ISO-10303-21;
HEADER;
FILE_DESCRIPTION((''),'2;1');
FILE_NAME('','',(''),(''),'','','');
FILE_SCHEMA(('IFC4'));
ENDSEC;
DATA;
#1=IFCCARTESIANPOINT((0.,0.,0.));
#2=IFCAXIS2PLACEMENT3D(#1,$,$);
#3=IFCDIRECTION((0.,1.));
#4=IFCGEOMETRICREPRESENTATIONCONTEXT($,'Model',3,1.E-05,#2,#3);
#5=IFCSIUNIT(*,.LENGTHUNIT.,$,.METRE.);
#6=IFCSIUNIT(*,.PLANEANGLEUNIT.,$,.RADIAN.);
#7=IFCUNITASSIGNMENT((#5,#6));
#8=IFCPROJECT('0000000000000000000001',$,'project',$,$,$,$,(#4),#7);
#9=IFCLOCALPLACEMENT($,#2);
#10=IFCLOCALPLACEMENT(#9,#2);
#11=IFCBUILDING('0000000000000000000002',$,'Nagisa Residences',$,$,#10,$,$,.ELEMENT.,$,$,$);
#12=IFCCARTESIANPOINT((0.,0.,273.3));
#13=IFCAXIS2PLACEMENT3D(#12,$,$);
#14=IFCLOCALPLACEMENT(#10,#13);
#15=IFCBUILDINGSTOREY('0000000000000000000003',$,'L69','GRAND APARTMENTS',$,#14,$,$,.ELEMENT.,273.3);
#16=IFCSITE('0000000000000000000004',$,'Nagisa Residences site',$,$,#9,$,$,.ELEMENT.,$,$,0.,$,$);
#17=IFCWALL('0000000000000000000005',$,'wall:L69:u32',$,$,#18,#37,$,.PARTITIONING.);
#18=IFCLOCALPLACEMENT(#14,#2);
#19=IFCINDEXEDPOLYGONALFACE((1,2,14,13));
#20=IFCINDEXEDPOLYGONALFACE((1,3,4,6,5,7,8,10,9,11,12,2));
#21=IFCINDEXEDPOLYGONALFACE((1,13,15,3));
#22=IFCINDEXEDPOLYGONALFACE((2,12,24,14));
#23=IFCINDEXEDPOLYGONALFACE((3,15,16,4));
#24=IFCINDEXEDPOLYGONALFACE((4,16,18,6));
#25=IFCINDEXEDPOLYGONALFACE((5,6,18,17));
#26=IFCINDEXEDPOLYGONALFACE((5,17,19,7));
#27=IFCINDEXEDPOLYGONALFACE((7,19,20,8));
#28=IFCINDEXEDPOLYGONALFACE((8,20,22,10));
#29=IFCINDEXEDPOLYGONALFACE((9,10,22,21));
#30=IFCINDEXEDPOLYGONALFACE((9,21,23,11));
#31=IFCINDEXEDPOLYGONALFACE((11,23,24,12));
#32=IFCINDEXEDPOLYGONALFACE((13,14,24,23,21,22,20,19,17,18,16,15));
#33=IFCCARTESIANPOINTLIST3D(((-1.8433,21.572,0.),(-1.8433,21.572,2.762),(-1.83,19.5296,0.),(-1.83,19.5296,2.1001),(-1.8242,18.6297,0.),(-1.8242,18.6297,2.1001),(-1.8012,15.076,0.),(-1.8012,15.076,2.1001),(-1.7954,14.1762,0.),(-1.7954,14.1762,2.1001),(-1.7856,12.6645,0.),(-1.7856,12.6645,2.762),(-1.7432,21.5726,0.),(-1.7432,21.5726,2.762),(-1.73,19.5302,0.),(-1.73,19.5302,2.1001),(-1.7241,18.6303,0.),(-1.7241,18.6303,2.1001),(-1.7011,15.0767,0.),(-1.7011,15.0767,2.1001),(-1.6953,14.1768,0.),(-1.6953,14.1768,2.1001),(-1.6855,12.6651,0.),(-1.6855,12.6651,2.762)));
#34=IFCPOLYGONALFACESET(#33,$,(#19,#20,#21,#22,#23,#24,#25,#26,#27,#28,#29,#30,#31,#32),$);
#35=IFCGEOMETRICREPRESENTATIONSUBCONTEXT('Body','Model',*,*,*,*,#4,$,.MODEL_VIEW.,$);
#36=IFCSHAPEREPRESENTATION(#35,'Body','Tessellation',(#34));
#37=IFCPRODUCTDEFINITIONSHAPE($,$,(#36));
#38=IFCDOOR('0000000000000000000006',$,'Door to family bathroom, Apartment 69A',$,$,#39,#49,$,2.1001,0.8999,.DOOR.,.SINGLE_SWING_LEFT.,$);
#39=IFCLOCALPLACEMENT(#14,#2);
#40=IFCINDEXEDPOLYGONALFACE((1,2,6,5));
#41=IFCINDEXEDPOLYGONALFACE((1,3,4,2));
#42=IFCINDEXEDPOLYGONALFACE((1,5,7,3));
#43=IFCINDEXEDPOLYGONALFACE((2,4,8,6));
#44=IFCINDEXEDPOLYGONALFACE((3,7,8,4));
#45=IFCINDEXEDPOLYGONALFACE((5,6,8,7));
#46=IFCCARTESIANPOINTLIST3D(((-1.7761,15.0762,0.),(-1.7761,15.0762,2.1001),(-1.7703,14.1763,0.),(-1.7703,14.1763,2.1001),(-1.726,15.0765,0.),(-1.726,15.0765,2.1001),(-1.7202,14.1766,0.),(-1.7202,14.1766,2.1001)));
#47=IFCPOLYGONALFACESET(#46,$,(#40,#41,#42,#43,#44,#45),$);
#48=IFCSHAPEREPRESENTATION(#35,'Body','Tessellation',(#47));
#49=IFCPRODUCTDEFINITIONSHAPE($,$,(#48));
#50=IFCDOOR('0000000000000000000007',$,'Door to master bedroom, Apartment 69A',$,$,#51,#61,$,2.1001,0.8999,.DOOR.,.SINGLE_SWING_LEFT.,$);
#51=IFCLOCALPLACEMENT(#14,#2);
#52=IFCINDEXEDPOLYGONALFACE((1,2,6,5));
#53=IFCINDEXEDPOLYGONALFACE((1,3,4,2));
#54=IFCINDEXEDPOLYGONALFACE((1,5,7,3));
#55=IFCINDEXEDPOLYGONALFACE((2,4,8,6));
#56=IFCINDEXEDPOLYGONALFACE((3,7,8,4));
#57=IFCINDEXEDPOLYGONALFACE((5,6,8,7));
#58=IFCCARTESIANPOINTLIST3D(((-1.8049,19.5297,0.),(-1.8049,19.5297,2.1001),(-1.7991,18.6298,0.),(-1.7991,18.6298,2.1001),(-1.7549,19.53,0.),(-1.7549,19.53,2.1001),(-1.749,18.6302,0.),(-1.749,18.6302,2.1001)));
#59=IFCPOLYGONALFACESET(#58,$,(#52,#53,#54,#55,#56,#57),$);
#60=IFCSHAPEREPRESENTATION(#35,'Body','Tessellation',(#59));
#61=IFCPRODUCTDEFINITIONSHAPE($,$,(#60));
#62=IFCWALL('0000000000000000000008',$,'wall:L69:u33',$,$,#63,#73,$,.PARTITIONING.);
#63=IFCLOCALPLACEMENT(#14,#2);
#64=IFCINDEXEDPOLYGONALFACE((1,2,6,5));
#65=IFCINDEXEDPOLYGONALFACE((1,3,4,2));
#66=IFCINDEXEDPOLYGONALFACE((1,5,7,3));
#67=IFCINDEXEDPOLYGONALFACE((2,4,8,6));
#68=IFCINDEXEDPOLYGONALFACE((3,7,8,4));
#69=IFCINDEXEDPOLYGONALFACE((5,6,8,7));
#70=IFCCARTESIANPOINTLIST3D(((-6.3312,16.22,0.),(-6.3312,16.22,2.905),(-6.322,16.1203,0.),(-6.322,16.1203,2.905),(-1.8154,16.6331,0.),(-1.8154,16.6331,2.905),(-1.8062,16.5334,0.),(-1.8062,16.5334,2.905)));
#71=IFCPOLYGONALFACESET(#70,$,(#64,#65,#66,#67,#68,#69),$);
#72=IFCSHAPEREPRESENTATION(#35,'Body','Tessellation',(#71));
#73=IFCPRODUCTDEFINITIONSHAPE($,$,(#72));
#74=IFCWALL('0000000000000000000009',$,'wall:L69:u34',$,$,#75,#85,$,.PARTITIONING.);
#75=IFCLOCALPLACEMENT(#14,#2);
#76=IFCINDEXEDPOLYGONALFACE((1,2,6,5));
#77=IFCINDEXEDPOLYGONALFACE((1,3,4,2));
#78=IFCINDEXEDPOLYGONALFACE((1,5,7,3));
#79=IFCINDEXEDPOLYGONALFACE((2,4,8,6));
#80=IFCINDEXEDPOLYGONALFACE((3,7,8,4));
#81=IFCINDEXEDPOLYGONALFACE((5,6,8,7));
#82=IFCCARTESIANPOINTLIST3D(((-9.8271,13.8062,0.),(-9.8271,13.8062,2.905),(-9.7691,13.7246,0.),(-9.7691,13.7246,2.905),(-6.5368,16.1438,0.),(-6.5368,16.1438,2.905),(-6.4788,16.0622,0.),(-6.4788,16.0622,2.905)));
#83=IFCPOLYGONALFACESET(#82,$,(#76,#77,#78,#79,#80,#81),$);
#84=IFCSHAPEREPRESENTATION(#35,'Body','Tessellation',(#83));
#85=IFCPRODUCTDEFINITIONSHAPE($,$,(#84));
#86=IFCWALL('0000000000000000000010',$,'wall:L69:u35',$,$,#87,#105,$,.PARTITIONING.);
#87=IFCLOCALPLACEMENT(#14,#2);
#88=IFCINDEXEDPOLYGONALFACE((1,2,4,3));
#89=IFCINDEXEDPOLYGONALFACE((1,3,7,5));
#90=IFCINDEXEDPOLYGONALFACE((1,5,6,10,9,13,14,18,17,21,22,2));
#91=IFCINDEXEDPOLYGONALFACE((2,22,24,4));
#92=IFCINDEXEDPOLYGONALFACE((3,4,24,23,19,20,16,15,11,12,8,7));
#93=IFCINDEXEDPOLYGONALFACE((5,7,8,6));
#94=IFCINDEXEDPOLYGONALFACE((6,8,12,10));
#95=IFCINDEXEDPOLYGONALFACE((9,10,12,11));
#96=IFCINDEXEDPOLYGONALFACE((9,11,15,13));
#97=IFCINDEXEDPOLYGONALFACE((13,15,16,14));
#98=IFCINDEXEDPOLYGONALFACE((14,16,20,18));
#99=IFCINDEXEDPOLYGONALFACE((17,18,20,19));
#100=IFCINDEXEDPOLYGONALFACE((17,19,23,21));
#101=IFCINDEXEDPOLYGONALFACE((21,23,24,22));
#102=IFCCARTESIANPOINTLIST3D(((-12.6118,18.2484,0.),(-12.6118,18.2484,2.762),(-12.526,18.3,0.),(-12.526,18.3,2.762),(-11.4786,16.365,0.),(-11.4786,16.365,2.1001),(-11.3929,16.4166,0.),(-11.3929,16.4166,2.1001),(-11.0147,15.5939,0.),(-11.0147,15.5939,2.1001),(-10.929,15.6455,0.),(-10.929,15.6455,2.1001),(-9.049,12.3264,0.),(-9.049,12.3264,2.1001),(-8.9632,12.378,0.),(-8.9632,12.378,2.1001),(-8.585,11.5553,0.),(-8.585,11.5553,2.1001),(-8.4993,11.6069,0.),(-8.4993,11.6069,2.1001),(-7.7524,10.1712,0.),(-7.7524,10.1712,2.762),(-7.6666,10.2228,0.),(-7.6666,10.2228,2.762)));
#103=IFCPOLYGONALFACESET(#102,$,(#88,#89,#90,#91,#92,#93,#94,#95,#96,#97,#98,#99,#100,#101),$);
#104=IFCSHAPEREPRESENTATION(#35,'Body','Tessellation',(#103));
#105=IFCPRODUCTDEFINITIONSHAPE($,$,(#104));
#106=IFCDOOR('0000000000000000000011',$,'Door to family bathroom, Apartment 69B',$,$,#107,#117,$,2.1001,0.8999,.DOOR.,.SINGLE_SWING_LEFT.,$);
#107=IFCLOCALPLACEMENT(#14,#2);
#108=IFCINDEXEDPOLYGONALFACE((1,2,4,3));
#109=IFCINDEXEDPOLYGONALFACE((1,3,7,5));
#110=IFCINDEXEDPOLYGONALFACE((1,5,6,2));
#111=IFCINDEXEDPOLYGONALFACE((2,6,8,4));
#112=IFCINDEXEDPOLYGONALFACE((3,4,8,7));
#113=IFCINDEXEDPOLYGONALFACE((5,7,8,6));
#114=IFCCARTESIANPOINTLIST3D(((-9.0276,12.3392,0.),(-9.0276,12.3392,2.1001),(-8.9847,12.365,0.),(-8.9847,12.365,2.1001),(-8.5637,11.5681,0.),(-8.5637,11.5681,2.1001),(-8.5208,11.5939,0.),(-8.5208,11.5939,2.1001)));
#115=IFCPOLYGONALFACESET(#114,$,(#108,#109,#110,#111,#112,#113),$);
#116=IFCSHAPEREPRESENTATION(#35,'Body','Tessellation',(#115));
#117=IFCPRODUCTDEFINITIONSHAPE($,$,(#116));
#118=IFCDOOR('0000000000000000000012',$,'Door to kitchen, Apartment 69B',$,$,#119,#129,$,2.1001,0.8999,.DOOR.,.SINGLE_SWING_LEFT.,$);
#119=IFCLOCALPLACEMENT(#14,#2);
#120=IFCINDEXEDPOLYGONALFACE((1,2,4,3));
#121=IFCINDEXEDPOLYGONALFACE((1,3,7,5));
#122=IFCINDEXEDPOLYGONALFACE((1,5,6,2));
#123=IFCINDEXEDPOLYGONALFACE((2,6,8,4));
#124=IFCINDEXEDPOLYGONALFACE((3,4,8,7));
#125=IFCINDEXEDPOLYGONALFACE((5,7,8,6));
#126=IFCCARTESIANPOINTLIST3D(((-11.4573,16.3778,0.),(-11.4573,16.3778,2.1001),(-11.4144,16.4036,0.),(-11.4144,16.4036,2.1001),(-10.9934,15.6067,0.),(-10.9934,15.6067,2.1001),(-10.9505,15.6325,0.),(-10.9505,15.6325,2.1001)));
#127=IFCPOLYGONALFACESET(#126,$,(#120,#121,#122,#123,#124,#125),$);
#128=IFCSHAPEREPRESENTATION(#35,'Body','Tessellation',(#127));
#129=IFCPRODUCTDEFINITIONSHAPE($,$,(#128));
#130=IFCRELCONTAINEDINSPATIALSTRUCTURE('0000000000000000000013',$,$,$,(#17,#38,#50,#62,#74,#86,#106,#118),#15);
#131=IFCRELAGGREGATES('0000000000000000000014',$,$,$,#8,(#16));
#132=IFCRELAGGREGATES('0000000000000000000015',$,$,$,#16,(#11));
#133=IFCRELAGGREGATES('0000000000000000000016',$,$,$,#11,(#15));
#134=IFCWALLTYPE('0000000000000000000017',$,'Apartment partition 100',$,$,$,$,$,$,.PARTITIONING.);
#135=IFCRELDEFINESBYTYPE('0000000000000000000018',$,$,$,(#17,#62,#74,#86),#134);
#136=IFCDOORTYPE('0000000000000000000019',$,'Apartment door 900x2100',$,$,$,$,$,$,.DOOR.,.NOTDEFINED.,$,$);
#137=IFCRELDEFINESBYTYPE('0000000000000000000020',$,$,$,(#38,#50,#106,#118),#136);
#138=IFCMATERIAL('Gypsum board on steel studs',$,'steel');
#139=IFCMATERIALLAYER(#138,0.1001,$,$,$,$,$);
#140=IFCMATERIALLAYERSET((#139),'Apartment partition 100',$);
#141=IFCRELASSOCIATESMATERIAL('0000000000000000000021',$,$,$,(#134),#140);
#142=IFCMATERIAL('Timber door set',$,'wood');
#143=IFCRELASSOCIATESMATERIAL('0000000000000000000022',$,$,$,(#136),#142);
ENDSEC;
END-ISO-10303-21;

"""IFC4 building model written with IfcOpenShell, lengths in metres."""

from ifc_helpers import new_model, si_unit, direction, frame, frame_2d, origin, place, context, subcontext, project, spatial, rectangle, extrude, material, layer, layer_set, type_object, element, fill, save


model = new_model("IFC4")

# Units and contexts
model_context = context("Model", 3, precision=1e-05, world=origin(), true_north=direction((0.0, 1.0)))
body_context = subcontext(model_context, "Body", "Model", "MODEL_VIEW")
ifc_project = project(units=[si_unit("LENGTHUNIT", "METRE"), si_unit("PLANEANGLEUNIT", "RADIAN")], contexts=[model_context])

# Site, building, storey
site_placement = place(None, origin())
site = spatial("IfcSite", under=ifc_project, at=site_placement, Name="Nagisa Residences site", CompositionType="ELEMENT", RefElevation=0.0)
building_placement = place(site_placement, origin())
building = spatial("IfcBuilding", under=site, at=building_placement, Name="Nagisa Residences", CompositionType="ELEMENT")
storey_placement = place(building_placement, frame((0.0, 0.0, 273.3)))
storey = spatial("IfcBuildingStorey", under=building, at=storey_placement, Name="L69", Description="GRAND APARTMENTS", CompositionType="ELEMENT", Elevation=273.3)

# Wall, openings, doors
ifc_material_1 = material(Name="Gypsum board on steel studs", Category="steel")
ifc_layer_1 = layer(ifc_material_1, 0.1001)
ifc_layer_set_1 = layer_set([ifc_layer_1], Name="Apartment partition 100")
wall_type_1 = type_object("IfcWallType", Name="Apartment partition 100", PredefinedType="PARTITIONING", material=ifc_layer_set_1)
wall_1_placement = place(storey_placement, frame((-1.7356, 12.6648, 0.0), z_axis=(0.0, 0.0, 1.0), x_axis=(-0.006468, 0.999979, 0.0)))
wall_1 = element("IfcWall", 1, at=wall_1_placement, inside=storey, type_object=wall_type_1, Name="wall:L69:u32", PredefinedType="PARTITIONING", context=body_context, shape_type="SweptSolid", body=[
    extrude(rectangle(XDim=8.9077, YDim=0.1001, at=frame_2d((4.4539, 0.0))), origin(), (0.0, 0.0, 1.0), 2.762),
])
opening_1_placement = place(wall_1_placement, frame((1.5117, 0.0, 0.0)))
opening_1 = element("IfcOpeningElement", 2, at=opening_1_placement, cuts=wall_1, PredefinedType="OPENING", context=body_context, shape_type="SweptSolid", body=[
    extrude(rectangle(XDim=0.8999, YDim=2.1001, at=frame_2d((0.45, 1.05))), frame((0.0, 0.0601, 0.0), z_axis=(0.0, -1.0, 0.0), x_axis=(1.0, 0.0, 0.0)), (0.0, 0.0, 1.0), 0.1201),
])
opening_2_placement = place(wall_1_placement, frame((5.9653, 0.0, 0.0)))
opening_2 = element("IfcOpeningElement", 3, at=opening_2_placement, cuts=wall_1, PredefinedType="OPENING", context=body_context, shape_type="SweptSolid", body=[
    extrude(rectangle(XDim=0.8999, YDim=2.1001, at=frame_2d((0.45, 1.05))), frame((0.0, 0.0601, 0.0), z_axis=(0.0, -1.0, 0.0), x_axis=(1.0, 0.0, 0.0)), (0.0, 0.0, 1.0), 0.1201),
])
ifc_material_2 = material(Name="Timber door set", Category="wood")
door_type_1 = type_object("IfcDoorType", Name="Apartment door 900x2100", OperationType="NOTDEFINED", PredefinedType="DOOR", material=ifc_material_2)
door_1_placement = place(opening_1_placement, origin())
door_1 = element("IfcDoor", 4, at=door_1_placement, inside=storey, type_object=door_type_1, Name="Door to family bathroom, Apartment 69A", OperationType="SINGLE_SWING_LEFT", OverallHeight=2.1001, OverallWidth=0.8999, PredefinedType="DOOR", context=body_context, shape_type="SweptSolid", body=[
    extrude(rectangle(XDim=0.8999, YDim=2.1001, at=frame_2d((0.45, 1.05))), frame((0.0, 0.0249, 0.0), z_axis=(0.0, -1.0, 0.0), x_axis=(1.0, 0.0, 0.0)), (0.0, 0.0, 1.0), 0.05),
])
fill(opening_1, door_1)
door_2_placement = place(opening_2_placement, origin())
door_2 = element("IfcDoor", 5, at=door_2_placement, inside=storey, type_object=door_type_1, Name="Door to master bedroom, Apartment 69A", OperationType="SINGLE_SWING_LEFT", OverallHeight=2.1001, OverallWidth=0.8999, PredefinedType="DOOR", context=body_context, shape_type="SweptSolid", body=[
    extrude(rectangle(XDim=0.8999, YDim=2.1001, at=frame_2d((0.45, 1.05))), frame((0.0, 0.0249, 0.0), z_axis=(0.0, -1.0, 0.0), x_axis=(1.0, 0.0, 0.0)), (0.0, 0.0, 1.0), 0.05),
])
fill(opening_2, door_2)

# Walls
wall_2_placement = place(storey_placement, frame((-1.8108, 16.5833, 0.0), z_axis=(0.0, 0.0, 1.0), x_axis=(-0.995842, -0.091094, 0.0)))
element("IfcWall", 6, at=wall_2_placement, inside=storey, type_object=wall_type_1, Name="wall:L69:u33", PredefinedType="PARTITIONING", context=body_context, shape_type="SweptSolid", body=[
    extrude(rectangle(XDim=4.5347, YDim=0.1001, at=frame_2d((2.2673, 0.0))), origin(), (0.0, 0.0, 1.0), 2.905),
])
wall_3_placement = place(storey_placement, frame((-6.5078, 16.103, 0.0), z_axis=(0.0, 0.0, 1.0), x_axis=(-0.815202, -0.579176, 0.0)))
element("IfcWall", 7, at=wall_3_placement, inside=storey, type_object=wall_type_1, Name="wall:L69:u34", PredefinedType="PARTITIONING", context=body_context, shape_type="SweptSolid", body=[
    extrude(rectangle(XDim=4.0361, YDim=0.1001, at=frame_2d((2.0181, 0.0))), origin(), (0.0, 0.0, 1.0), 2.905),
])

# Wall, openings, doors
wall_4_placement = place(storey_placement, frame((-7.7095, 10.197, 0.0), z_axis=(0.0, 0.0, 1.0), x_axis=(-0.515516, 0.85688, 0.0)))
wall_4 = element("IfcWall", 8, at=wall_4_placement, inside=storey, type_object=wall_type_1, Name="wall:L69:u35", PredefinedType="PARTITIONING", context=body_context, shape_type="SweptSolid", body=[
    extrude(rectangle(XDim=9.4263, YDim=0.1001, at=frame_2d((4.7131, 0.0))), origin(), (0.0, 0.0, 1.0), 2.762),
])
opening_3_placement = place(wall_4_placement, frame((1.6152, 0.0, 0.0)))
opening_3 = element("IfcOpeningElement", 9, at=opening_3_placement, cuts=wall_4, PredefinedType="OPENING", context=body_context, shape_type="SweptSolid", body=[
    extrude(rectangle(XDim=0.8999, YDim=2.1001, at=frame_2d((0.45, 1.05))), frame((0.0, 0.0601, 0.0), z_axis=(0.0, -1.0, 0.0), x_axis=(1.0, 0.0, 0.0)), (0.0, 0.0, 1.0), 0.1201),
])
opening_4_placement = place(wall_4_placement, frame((6.3284, 0.0, 0.0)))
opening_4 = element("IfcOpeningElement", 10, at=opening_4_placement, cuts=wall_4, PredefinedType="OPENING", context=body_context, shape_type="SweptSolid", body=[
    extrude(rectangle(XDim=0.8999, YDim=2.1001, at=frame_2d((0.45, 1.05))), frame((0.0, 0.0601, 0.0), z_axis=(0.0, -1.0, 0.0), x_axis=(1.0, 0.0, 0.0)), (0.0, 0.0, 1.0), 0.1201),
])
door_3_placement = place(opening_3_placement, frame((0.8999, 0.0, 0.0), x_axis=(-1.0, 0.0, 0.0)))
door_3 = element("IfcDoor", 11, at=door_3_placement, inside=storey, type_object=door_type_1, Name="Door to family bathroom, Apartment 69B", OperationType="SINGLE_SWING_LEFT", OverallHeight=2.1001, OverallWidth=0.8999, PredefinedType="DOOR", context=body_context, shape_type="SweptSolid", body=[
    extrude(rectangle(XDim=0.8999, YDim=2.1001, at=frame_2d((0.45, 1.05))), frame((0.0, 0.0249, 0.0), z_axis=(0.0, -1.0, 0.0), x_axis=(1.0, 0.0, 0.0)), (0.0, 0.0, 1.0), 0.05),
])
fill(opening_3, door_3)
door_4_placement = place(opening_4_placement, frame((0.8999, 0.0, 0.0), x_axis=(-1.0, 0.0, 0.0)))
door_4 = element("IfcDoor", 12, at=door_4_placement, inside=storey, type_object=door_type_1, Name="Door to kitchen, Apartment 69B", OperationType="SINGLE_SWING_LEFT", OverallHeight=2.1001, OverallWidth=0.8999, PredefinedType="DOOR", context=body_context, shape_type="SweptSolid", body=[
    extrude(rectangle(XDim=0.8999, YDim=2.1001, at=frame_2d((0.45, 1.05))), frame((0.0, 0.0249, 0.0), z_axis=(0.0, -1.0, 0.0), x_axis=(1.0, 0.0, 0.0)), (0.0, 0.0, 1.0), 0.05),
])
fill(opening_4, door_4)

save(model, "model.ifc")
